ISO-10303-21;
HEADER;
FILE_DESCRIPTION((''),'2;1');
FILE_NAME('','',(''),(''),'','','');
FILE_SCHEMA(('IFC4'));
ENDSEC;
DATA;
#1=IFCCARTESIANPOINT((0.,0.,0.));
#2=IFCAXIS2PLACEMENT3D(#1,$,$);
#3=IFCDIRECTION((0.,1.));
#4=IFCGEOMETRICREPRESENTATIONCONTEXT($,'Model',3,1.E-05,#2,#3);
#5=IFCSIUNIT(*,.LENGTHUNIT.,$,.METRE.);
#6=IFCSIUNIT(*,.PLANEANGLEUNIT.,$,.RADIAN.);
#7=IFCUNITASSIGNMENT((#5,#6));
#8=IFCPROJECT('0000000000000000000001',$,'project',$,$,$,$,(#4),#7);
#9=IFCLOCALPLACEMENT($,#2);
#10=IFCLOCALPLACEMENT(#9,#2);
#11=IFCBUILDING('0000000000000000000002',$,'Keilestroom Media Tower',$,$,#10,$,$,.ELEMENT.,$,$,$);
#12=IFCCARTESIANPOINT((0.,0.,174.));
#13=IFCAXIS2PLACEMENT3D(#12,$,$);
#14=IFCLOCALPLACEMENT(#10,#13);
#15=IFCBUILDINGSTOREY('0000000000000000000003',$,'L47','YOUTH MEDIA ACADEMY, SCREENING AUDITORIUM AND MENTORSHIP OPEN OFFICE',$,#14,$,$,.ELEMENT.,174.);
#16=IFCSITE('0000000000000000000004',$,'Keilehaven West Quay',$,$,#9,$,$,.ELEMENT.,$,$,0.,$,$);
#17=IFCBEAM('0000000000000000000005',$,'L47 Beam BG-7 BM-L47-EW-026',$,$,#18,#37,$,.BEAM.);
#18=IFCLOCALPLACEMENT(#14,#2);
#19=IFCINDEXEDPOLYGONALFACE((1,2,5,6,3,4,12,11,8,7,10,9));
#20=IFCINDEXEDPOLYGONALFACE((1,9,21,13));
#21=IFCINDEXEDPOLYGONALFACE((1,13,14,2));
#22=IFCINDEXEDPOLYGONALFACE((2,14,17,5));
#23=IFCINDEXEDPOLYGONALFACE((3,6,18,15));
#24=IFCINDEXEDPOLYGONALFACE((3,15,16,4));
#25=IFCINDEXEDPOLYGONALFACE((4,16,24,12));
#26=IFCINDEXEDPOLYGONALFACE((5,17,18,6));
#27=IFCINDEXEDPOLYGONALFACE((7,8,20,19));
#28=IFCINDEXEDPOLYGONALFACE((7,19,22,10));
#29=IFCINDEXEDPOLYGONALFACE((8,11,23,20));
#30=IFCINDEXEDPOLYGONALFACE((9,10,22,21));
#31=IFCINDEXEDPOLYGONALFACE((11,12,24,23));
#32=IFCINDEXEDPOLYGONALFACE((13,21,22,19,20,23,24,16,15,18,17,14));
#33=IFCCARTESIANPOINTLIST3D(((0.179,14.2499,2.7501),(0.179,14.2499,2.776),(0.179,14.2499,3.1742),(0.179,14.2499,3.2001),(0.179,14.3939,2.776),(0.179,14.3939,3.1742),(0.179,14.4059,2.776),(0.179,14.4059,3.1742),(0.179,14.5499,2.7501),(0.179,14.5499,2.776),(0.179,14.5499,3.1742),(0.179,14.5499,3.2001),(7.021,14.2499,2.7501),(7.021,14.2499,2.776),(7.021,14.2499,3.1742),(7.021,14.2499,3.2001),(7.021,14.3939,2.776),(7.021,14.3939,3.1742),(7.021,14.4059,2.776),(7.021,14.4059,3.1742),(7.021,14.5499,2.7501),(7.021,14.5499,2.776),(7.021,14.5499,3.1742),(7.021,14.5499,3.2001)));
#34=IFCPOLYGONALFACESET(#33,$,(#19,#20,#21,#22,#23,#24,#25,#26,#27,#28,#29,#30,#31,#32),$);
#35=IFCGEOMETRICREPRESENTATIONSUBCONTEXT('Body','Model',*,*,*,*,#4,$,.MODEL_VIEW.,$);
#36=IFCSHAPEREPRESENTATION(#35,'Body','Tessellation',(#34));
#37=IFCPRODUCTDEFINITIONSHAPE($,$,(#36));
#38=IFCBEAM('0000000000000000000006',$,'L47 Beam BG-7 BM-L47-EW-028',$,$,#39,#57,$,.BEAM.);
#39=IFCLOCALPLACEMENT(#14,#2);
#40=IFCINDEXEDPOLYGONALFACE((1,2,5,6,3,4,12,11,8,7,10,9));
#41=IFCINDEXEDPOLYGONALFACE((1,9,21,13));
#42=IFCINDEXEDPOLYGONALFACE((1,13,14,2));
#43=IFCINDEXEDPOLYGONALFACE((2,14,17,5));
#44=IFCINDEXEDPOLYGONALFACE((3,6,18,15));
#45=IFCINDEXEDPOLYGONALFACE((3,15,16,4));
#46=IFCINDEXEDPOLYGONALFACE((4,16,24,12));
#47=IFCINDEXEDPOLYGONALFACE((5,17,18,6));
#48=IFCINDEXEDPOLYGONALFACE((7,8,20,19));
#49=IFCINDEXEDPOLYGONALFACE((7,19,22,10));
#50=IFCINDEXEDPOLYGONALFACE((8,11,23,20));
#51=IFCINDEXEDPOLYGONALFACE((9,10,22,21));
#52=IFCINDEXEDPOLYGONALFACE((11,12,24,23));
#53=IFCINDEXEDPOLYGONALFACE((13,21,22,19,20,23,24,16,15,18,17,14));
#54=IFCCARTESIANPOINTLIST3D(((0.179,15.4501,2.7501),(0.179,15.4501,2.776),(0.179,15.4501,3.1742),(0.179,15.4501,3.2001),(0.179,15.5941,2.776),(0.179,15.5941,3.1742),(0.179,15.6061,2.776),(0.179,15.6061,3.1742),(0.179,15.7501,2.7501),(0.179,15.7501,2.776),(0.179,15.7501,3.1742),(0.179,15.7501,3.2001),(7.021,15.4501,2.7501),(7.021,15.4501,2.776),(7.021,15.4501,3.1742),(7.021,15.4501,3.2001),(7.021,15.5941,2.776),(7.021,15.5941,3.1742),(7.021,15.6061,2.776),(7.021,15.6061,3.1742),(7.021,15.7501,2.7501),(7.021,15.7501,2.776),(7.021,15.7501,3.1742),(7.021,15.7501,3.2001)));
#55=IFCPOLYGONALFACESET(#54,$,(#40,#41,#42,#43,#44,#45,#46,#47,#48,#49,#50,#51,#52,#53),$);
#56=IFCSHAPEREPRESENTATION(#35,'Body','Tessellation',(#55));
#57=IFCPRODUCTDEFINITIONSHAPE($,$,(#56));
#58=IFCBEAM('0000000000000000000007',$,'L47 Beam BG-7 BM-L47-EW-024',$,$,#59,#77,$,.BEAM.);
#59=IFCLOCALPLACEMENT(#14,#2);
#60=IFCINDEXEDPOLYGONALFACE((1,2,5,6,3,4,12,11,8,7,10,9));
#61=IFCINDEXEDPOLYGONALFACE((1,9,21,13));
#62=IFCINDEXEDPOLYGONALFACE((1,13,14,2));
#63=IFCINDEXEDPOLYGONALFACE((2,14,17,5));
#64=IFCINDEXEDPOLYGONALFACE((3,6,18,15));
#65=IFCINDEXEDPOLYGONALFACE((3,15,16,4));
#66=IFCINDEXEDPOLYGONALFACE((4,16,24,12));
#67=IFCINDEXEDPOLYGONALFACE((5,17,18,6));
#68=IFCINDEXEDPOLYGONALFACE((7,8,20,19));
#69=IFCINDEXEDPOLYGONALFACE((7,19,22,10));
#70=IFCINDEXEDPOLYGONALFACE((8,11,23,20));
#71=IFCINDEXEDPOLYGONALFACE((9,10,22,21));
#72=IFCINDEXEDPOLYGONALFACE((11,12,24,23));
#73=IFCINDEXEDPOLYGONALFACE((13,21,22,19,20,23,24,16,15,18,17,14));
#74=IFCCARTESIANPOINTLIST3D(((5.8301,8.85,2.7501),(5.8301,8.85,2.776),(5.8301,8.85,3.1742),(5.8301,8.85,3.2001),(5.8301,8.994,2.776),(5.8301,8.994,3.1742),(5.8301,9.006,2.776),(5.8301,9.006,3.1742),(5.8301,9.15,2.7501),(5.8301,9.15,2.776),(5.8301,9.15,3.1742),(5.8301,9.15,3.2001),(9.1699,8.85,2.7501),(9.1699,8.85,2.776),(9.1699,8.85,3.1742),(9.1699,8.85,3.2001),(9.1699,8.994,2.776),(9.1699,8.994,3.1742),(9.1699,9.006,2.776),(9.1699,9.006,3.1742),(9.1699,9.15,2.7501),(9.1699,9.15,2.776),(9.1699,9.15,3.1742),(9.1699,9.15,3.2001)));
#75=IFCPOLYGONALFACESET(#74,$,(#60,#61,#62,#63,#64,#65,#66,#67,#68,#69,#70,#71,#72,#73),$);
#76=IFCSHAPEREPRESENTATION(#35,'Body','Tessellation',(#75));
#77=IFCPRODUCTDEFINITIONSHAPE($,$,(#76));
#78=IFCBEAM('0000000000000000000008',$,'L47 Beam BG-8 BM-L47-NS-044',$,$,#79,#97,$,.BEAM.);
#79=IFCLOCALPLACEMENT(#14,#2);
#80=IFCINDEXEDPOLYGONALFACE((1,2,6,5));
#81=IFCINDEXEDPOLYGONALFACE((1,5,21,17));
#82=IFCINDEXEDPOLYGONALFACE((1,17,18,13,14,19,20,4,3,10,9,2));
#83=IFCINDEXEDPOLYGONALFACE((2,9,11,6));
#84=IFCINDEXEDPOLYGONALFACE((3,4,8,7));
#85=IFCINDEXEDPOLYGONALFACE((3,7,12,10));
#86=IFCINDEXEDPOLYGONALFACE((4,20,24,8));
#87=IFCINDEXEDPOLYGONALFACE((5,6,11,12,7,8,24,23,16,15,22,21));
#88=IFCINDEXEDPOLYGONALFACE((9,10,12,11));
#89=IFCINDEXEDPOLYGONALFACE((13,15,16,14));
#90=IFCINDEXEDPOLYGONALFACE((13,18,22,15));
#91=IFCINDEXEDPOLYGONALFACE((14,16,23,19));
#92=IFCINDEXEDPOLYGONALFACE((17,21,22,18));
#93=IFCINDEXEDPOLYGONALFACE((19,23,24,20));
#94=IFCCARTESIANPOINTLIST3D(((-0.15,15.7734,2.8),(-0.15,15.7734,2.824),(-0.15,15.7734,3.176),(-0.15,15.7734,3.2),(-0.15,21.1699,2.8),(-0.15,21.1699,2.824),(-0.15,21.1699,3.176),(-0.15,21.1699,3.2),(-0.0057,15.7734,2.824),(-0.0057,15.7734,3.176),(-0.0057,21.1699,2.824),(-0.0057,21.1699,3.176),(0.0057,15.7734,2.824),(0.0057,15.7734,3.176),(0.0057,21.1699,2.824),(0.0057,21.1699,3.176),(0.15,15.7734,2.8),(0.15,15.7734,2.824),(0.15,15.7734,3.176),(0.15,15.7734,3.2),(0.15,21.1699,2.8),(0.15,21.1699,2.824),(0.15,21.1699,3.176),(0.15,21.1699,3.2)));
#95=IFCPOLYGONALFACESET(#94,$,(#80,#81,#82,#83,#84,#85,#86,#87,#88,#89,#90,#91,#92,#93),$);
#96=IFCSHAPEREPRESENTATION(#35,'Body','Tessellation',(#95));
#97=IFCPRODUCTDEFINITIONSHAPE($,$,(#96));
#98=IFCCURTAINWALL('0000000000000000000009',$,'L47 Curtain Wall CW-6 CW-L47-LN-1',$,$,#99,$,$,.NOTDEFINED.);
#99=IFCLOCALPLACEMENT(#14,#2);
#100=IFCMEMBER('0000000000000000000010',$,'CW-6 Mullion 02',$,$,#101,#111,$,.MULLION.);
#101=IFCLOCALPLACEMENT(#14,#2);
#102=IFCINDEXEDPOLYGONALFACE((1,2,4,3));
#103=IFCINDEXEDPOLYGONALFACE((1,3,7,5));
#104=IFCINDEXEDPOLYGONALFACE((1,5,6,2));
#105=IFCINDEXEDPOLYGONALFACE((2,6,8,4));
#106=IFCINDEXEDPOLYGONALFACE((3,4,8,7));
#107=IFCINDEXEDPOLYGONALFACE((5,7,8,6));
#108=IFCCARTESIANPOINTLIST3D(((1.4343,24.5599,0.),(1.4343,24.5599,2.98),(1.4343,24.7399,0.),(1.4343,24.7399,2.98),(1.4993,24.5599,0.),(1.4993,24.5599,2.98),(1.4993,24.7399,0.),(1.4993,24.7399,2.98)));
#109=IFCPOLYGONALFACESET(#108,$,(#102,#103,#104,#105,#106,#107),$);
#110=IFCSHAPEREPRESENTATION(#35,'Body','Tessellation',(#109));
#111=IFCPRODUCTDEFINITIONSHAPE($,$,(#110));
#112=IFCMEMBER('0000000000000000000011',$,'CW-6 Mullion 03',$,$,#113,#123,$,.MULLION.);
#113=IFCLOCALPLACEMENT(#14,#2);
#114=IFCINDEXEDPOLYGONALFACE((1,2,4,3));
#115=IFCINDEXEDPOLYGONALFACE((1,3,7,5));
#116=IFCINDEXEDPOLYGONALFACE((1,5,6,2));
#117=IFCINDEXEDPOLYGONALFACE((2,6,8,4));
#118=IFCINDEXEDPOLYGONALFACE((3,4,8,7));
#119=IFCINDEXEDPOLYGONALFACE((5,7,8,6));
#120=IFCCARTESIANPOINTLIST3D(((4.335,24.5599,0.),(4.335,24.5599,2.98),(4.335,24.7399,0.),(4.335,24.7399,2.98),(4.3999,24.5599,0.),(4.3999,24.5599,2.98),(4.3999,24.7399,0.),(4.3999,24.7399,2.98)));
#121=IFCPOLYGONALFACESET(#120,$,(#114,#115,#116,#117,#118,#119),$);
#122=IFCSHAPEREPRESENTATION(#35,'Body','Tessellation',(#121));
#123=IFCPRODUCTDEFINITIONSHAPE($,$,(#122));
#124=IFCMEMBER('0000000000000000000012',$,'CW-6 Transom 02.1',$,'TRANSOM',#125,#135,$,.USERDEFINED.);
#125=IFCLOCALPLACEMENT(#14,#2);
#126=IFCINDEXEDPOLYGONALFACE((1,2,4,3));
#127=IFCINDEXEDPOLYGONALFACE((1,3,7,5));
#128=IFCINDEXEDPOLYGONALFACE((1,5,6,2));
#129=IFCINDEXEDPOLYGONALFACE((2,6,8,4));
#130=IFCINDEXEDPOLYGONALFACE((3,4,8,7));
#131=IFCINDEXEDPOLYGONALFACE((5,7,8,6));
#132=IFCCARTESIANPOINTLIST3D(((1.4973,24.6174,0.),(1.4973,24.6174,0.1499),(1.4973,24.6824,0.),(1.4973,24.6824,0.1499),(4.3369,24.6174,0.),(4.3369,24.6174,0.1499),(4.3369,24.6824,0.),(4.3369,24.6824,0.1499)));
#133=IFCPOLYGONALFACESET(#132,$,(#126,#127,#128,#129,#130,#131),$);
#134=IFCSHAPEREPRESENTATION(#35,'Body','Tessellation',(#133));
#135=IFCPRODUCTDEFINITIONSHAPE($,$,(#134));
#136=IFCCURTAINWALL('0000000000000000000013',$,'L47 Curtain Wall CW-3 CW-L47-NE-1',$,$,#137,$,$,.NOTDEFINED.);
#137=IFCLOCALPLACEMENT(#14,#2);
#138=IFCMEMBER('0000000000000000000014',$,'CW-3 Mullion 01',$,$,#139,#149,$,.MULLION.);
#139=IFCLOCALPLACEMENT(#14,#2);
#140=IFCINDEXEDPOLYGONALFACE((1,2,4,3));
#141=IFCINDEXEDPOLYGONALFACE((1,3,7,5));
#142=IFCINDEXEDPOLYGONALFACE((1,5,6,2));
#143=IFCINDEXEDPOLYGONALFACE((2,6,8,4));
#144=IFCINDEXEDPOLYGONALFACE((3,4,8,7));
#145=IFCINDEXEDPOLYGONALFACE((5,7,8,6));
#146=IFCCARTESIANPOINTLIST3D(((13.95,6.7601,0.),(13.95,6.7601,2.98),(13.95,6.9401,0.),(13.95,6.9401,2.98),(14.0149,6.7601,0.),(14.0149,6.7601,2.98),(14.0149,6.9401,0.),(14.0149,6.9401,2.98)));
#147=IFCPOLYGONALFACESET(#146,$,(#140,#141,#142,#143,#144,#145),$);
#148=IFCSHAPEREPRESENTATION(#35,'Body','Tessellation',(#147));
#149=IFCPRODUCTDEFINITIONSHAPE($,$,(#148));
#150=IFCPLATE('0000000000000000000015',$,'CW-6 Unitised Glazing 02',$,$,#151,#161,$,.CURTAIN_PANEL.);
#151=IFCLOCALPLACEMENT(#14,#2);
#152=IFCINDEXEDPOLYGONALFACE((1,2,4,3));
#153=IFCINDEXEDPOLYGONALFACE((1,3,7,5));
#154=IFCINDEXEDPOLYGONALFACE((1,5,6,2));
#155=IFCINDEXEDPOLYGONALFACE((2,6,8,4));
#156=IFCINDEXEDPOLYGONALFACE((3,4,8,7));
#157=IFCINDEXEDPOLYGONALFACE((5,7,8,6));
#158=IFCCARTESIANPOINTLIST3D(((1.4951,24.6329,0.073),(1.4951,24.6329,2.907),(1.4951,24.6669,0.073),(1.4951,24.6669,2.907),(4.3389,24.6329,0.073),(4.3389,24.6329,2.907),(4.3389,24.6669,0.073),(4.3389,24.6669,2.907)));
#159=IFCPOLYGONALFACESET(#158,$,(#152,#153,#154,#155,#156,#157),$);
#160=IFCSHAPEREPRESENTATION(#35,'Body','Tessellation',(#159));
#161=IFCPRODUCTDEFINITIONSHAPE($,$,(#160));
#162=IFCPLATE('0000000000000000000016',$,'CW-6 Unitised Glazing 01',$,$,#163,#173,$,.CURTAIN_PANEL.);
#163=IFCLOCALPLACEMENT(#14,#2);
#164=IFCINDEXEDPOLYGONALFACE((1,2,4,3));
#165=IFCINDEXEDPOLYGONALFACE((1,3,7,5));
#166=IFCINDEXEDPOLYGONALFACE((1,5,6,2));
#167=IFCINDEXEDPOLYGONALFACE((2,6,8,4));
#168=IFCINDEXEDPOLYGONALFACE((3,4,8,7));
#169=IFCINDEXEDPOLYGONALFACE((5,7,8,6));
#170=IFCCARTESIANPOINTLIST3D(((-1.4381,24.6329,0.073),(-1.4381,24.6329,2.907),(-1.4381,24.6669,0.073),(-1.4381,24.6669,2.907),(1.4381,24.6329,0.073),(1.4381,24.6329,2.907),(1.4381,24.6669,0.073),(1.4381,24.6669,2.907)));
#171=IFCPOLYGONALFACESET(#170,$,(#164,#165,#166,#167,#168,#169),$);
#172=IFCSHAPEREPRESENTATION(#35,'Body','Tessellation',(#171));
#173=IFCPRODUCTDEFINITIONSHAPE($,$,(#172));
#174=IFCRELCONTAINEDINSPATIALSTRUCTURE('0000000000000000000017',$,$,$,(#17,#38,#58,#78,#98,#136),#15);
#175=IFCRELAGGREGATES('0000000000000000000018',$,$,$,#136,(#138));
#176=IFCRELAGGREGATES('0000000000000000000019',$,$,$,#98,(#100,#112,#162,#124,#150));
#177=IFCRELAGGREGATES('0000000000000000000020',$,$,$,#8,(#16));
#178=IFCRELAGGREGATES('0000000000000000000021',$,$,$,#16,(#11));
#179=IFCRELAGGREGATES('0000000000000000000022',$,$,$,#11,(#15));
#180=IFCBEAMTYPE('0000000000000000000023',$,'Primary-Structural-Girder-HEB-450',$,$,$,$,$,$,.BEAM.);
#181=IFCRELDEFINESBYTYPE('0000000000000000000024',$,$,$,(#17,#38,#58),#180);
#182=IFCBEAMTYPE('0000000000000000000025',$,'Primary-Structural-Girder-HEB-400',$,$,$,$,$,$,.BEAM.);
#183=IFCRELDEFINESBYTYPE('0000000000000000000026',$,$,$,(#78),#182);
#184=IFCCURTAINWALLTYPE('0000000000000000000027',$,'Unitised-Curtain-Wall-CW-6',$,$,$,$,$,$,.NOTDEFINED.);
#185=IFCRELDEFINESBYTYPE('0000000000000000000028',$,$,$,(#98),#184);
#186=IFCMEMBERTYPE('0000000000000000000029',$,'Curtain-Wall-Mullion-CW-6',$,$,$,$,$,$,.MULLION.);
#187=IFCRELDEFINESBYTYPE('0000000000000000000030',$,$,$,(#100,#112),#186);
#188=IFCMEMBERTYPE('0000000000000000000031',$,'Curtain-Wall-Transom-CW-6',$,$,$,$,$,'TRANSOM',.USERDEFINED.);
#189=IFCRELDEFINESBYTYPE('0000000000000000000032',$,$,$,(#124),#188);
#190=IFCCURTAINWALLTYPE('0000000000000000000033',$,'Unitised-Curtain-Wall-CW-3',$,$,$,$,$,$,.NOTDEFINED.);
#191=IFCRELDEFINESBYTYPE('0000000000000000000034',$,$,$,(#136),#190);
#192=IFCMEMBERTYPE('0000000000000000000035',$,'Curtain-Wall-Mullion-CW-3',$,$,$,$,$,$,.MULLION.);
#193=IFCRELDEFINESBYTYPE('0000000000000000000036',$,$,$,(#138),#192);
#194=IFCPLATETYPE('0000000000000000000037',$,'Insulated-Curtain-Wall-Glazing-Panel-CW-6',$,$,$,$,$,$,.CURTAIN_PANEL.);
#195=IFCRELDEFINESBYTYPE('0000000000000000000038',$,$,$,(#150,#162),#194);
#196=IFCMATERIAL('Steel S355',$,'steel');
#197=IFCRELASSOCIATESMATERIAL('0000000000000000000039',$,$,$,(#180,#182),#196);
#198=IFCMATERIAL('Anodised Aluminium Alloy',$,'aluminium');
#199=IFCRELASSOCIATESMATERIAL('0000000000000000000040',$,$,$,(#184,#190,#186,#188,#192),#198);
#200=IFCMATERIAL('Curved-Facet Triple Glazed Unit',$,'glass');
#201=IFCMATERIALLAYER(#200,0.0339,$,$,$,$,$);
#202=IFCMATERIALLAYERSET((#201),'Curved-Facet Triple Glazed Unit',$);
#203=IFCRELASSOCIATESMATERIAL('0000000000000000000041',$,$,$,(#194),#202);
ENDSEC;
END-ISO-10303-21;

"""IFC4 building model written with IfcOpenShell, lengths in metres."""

from ifc_helpers import new_model, si_unit, direction, frame, origin, origin_2d, place, context, subcontext, project, spatial, rectangle, i_section, extrude, source, transform, mapped, material, layer, layer_set, material_profile, profile_set, type_object, element, aggregate, save


model = new_model("IFC4")

# Units and contexts
model_context = context("Model", 3, precision=1e-05, world=origin(), true_north=direction((0.0, 1.0)))
body_context = subcontext(model_context, "Body", "Model", "MODEL_VIEW")
ifc_project = project(units=[si_unit("LENGTHUNIT", "METRE"), si_unit("PLANEANGLEUNIT", "RADIAN")], contexts=[model_context])

# Site, building, storey
site_placement = place(None, origin())
site = spatial("IfcSite", under=ifc_project, at=site_placement, Name="Keilehaven West Quay", CompositionType="ELEMENT", RefElevation=0.0)
building_placement = place(site_placement, origin())
building = spatial("IfcBuilding", under=site, at=building_placement, Name="Keilestroom Media Tower", CompositionType="ELEMENT")
storey_placement = place(building_placement, frame((0.0, 0.0, 174.0)))
storey = spatial("IfcBuildingStorey", under=building, at=storey_placement, Name="L47", Description="YOUTH MEDIA ACADEMY, SCREENING AUDITORIUM AND MENTORSHIP OPEN OFFICE", CompositionType="ELEMENT", Elevation=174.0)

# Shared definitions
ifc_material_1 = material(Name="Steel S355", Category="steel")

# Beams
ifc_material_profile_1 = material_profile(ifc_material_1, i_section(OverallWidth=0.3, OverallDepth=0.45, WebThickness=0.012, FlangeThickness=0.0259, at=origin_2d()), Name="HEB 450")
ifc_profile_set_1 = profile_set([ifc_material_profile_1], Name="Steel S355")
beam_type_1 = type_object("IfcBeamType", Name="Primary-Structural-Girder-HEB-450", PredefinedType="BEAM", material=ifc_profile_set_1)
shared_shape_1 = source(origin(), body_context, "Body", "SweptSolid", [
    extrude(i_section(OverallWidth=0.3, OverallDepth=0.45, WebThickness=0.012, FlangeThickness=0.0259, at=origin_2d()), origin(), (0.0, 0.0, 1.0), 6.842),
])
for number, where, z_axis, x_axis, name in (
    (1, (0.179, 14.3999, 2.9751), (1.0, 0.0, 0.0), (0.0, 1.0, 0.0), "L47 Beam BG-7 BM-L47-EW-026"),
    (2, (0.179, 15.6001, 2.9751), (1.0, 0.0, 0.0), (0.0, 1.0, 0.0), "L47 Beam BG-7 BM-L47-EW-028"),
):
    element("IfcBeam", number, at=place(storey_placement, frame(where, z_axis=z_axis, x_axis=x_axis)), inside=storey, type_object=beam_type_1, Name=name, PredefinedType="BEAM", context=body_context, shape_type="MappedRepresentation", body=[
        mapped(shared_shape_1, transform((0.0, 0.0, 0.0), x_axis=(1.0, 0.0, 0.0), y_axis=(0.0, 1.0, 0.0), z_axis=(0.0, 0.0, 1.0), scale=1.0)),
    ])
shared_shape_2 = source(origin(), body_context, "Body", "SweptSolid", [
    extrude(i_section(OverallWidth=0.3, OverallDepth=0.45, WebThickness=0.012, FlangeThickness=0.0259, at=origin_2d()), origin(), (0.0, 0.0, 1.0), 3.3398),
])
beam_1_placement = place(storey_placement, frame((5.8301, 9.0, 2.9751), z_axis=(1.0, 0.0, 0.0), x_axis=(0.0, 1.0, 0.0)))
element("IfcBeam", 3, at=beam_1_placement, inside=storey, type_object=beam_type_1, Name="L47 Beam BG-7 BM-L47-EW-024", PredefinedType="BEAM", context=body_context, shape_type="MappedRepresentation", body=[
    mapped(shared_shape_2, transform((0.0, 0.0, 0.0), x_axis=(1.0, 0.0, 0.0), y_axis=(0.0, 1.0, 0.0), z_axis=(0.0, 0.0, 1.0), scale=1.0)),
])
ifc_material_profile_2 = material_profile(ifc_material_1, i_section(OverallWidth=0.3, OverallDepth=0.3999, WebThickness=0.0115, FlangeThickness=0.0239, at=origin_2d()), Name="HEB 400")
ifc_profile_set_2 = profile_set([ifc_material_profile_2], Name="Steel S355")
beam_type_2 = type_object("IfcBeamType", Name="Primary-Structural-Girder-HEB-400", PredefinedType="BEAM", material=ifc_profile_set_2)
shared_shape_3 = source(origin(), body_context, "Body", "SweptSolid", [
    extrude(i_section(OverallWidth=0.3, OverallDepth=0.3999, WebThickness=0.0115, FlangeThickness=0.0239, at=origin_2d()), origin(), (0.0, 0.0, 1.0), 5.3965),
])
beam_2_placement = place(storey_placement, frame((0.0, 15.7734, 3.0), z_axis=(0.0, 1.0, 0.0), x_axis=(-1.0, 0.0, 0.0)))
element("IfcBeam", 4, at=beam_2_placement, inside=storey, type_object=beam_type_2, Name="L47 Beam BG-8 BM-L47-NS-044", PredefinedType="BEAM", context=body_context, shape_type="MappedRepresentation", body=[
    mapped(shared_shape_3, transform((0.0, 0.0, 0.0), x_axis=(1.0, 0.0, 0.0), y_axis=(0.0, 1.0, 0.0), z_axis=(0.0, 0.0, 1.0), scale=1.0)),
])

# Curtain wall, members
ifc_material_2 = material(Name="Anodised Aluminium Alloy", Category="aluminium")
curtain_wall_type_1 = type_object("IfcCurtainWallType", Name="Unitised-Curtain-Wall-CW-6", PredefinedType="NOTDEFINED", material=ifc_material_2)
curtain_wall_1_placement = place(storey_placement, origin())
curtain_wall_1 = element("IfcCurtainWall", 5, at=curtain_wall_1_placement, inside=storey, type_object=curtain_wall_type_1, Name="L47 Curtain Wall CW-6 CW-L47-LN-1", PredefinedType="NOTDEFINED")
ifc_material_profile_3 = material_profile(ifc_material_2, rectangle(XDim=0.0649, YDim=0.1799, at=origin_2d()), Name="ALU MULLION 65x180")
ifc_profile_set_3 = profile_set([ifc_material_profile_3], Name="Anodised Aluminium Alloy")
member_type_1 = type_object("IfcMemberType", Name="Curtain-Wall-Mullion-CW-6", PredefinedType="MULLION", material=ifc_profile_set_3)
shared_shape_4 = source(origin(), body_context, "Body", "SweptSolid", [
    extrude(rectangle(XDim=0.0649, YDim=0.1799, at=origin_2d()), origin(), (0.0, 0.0, 1.0), 2.98),
])
member_1_placement = place(storey_placement, frame((1.4668, 24.6499, 0.0), z_axis=(0.0, 0.0, 1.0), x_axis=(1.0, 0.0, 0.0)))
member_1 = element("IfcMember", 6, at=member_1_placement, type_object=member_type_1, Name="CW-6 Mullion 02", PredefinedType="MULLION", context=body_context, shape_type="MappedRepresentation", body=[
    mapped(shared_shape_4, transform((0.0, 0.0, 0.0), x_axis=(1.0, 0.0, 0.0), y_axis=(0.0, 1.0, 0.0), z_axis=(0.0, 0.0, 1.0), scale=1.0)),
])
member_2_placement = place(storey_placement, frame((4.3674, 24.6499, 0.0), z_axis=(0.0, 0.0, 1.0), x_axis=(1.0, 0.0, 0.0)))
member_2 = element("IfcMember", 7, at=member_2_placement, type_object=member_type_1, Name="CW-6 Mullion 03", PredefinedType="MULLION", context=body_context, shape_type="MappedRepresentation", body=[
    mapped(shared_shape_4, transform((0.0, 0.0, 0.0), x_axis=(1.0, 0.0, 0.0), y_axis=(0.0, 1.0, 0.0), z_axis=(0.0, 0.0, 1.0), scale=1.0)),
])
ifc_material_profile_4 = material_profile(ifc_material_2, rectangle(XDim=0.0649, YDim=0.1499, at=origin_2d()), Name="ALU TRANSOM 65x150")
ifc_profile_set_4 = profile_set([ifc_material_profile_4], Name="Anodised Aluminium Alloy")
member_type_2 = type_object("IfcMemberType", Name="Curtain-Wall-Transom-CW-6", ElementType="TRANSOM", PredefinedType="USERDEFINED", material=ifc_profile_set_4)
shared_shape_5 = source(origin(), body_context, "Body", "SweptSolid", [
    extrude(rectangle(XDim=0.0649, YDim=0.1499, at=origin_2d()), origin(), (0.0, 0.0, 1.0), 2.8396),
])
member_3_placement = place(storey_placement, frame((1.4973, 24.6499, 0.075), z_axis=(1.0, 0.0, 0.0), x_axis=(0.0, 1.0, 0.0)))
member_3 = element("IfcMember", 8, at=member_3_placement, type_object=member_type_2, Name="CW-6 Transom 02.1", ObjectType="TRANSOM", PredefinedType="USERDEFINED", context=body_context, shape_type="MappedRepresentation", body=[
    mapped(shared_shape_5, transform((0.0, 0.0, 0.0), x_axis=(1.0, 0.0, 0.0), y_axis=(0.0, 1.0, 0.0), z_axis=(0.0, 0.0, 1.0), scale=1.0)),
])

# Curtain wall, member
curtain_wall_type_2 = type_object("IfcCurtainWallType", Name="Unitised-Curtain-Wall-CW-3", PredefinedType="NOTDEFINED", material=ifc_material_2)
curtain_wall_2_placement = place(storey_placement, origin())
curtain_wall_2 = element("IfcCurtainWall", 9, at=curtain_wall_2_placement, inside=storey, type_object=curtain_wall_type_2, Name="L47 Curtain Wall CW-3 CW-L47-NE-1", PredefinedType="NOTDEFINED")
ifc_material_profile_5 = material_profile(ifc_material_2, rectangle(XDim=0.0649, YDim=0.1799, at=origin_2d()), Name="ALU MULLION 65x180")
ifc_profile_set_5 = profile_set([ifc_material_profile_5], Name="Anodised Aluminium Alloy")
member_type_3 = type_object("IfcMemberType", Name="Curtain-Wall-Mullion-CW-3", PredefinedType="MULLION", material=ifc_profile_set_5)
shared_shape_6 = source(origin(), body_context, "Body", "SweptSolid", [
    extrude(rectangle(XDim=0.0649, YDim=0.1799, at=origin_2d()), origin(), (0.0, 0.0, 1.0), 2.98),
])
member_4_placement = place(storey_placement, frame((13.9824, 6.8501, 0.0), z_axis=(0.0, 0.0, 1.0), x_axis=(1.0, 0.0, 0.0)))
member_4 = element("IfcMember", 10, at=member_4_placement, type_object=member_type_3, Name="CW-3 Mullion 01", PredefinedType="MULLION", context=body_context, shape_type="MappedRepresentation", body=[
    mapped(shared_shape_6, transform((0.0, 0.0, 0.0), x_axis=(1.0, 0.0, 0.0), y_axis=(0.0, 1.0, 0.0), z_axis=(0.0, 0.0, 1.0), scale=1.0)),
])
aggregate(curtain_wall_2, [member_4])

# Plates
ifc_material_3 = material(Name="Curved-Facet Triple Glazed Unit", Category="glass")
ifc_layer_1 = layer(ifc_material_3, 0.0339)
ifc_layer_set_1 = layer_set([ifc_layer_1], Name="Curved-Facet Triple Glazed Unit")
plate_type = type_object("IfcPlateType", Name="Insulated-Curtain-Wall-Glazing-Panel-CW-6", PredefinedType="CURTAIN_PANEL", material=ifc_layer_set_1)
shared_shape_7 = source(origin(), body_context, "Body", "SweptSolid", [
    extrude(rectangle(XDim=2.8438, YDim=0.0339, at=origin_2d()), origin(), (0.0, 0.0, 1.0), 2.834),
])
plate_1_placement = place(storey_placement, frame((2.917, 24.6499, 0.073), z_axis=(0.0, 0.0, 1.0), x_axis=(1.0, 0.0, 0.0)))
plate_1 = element("IfcPlate", 11, at=plate_1_placement, type_object=plate_type, Name="CW-6 Unitised Glazing 02", PredefinedType="CURTAIN_PANEL", context=body_context, shape_type="MappedRepresentation", body=[
    mapped(shared_shape_7, transform((0.0, 0.0, 0.0), x_axis=(1.0, 0.0, 0.0), y_axis=(0.0, 1.0, 0.0), z_axis=(0.0, 0.0, 1.0), scale=1.0)),
])
shared_shape_8 = source(origin(), body_context, "Body", "SweptSolid", [
    extrude(rectangle(XDim=2.8762, YDim=0.0339, at=origin_2d()), origin(), (0.0, 0.0, 1.0), 2.834),
])
plate_2_placement = place(storey_placement, frame((0.0, 24.6499, 0.073), z_axis=(0.0, 0.0, 1.0), x_axis=(1.0, 0.0, 0.0)))
plate_2 = element("IfcPlate", 12, at=plate_2_placement, type_object=plate_type, Name="CW-6 Unitised Glazing 01", PredefinedType="CURTAIN_PANEL", context=body_context, shape_type="MappedRepresentation", body=[
    mapped(shared_shape_8, transform((0.0, 0.0, 0.0), x_axis=(1.0, 0.0, 0.0), y_axis=(0.0, 1.0, 0.0), z_axis=(0.0, 0.0, 1.0), scale=1.0)),
])
aggregate(curtain_wall_1, [member_1, member_2, plate_2, member_3, plate_1])

save(model, "model.ifc")
